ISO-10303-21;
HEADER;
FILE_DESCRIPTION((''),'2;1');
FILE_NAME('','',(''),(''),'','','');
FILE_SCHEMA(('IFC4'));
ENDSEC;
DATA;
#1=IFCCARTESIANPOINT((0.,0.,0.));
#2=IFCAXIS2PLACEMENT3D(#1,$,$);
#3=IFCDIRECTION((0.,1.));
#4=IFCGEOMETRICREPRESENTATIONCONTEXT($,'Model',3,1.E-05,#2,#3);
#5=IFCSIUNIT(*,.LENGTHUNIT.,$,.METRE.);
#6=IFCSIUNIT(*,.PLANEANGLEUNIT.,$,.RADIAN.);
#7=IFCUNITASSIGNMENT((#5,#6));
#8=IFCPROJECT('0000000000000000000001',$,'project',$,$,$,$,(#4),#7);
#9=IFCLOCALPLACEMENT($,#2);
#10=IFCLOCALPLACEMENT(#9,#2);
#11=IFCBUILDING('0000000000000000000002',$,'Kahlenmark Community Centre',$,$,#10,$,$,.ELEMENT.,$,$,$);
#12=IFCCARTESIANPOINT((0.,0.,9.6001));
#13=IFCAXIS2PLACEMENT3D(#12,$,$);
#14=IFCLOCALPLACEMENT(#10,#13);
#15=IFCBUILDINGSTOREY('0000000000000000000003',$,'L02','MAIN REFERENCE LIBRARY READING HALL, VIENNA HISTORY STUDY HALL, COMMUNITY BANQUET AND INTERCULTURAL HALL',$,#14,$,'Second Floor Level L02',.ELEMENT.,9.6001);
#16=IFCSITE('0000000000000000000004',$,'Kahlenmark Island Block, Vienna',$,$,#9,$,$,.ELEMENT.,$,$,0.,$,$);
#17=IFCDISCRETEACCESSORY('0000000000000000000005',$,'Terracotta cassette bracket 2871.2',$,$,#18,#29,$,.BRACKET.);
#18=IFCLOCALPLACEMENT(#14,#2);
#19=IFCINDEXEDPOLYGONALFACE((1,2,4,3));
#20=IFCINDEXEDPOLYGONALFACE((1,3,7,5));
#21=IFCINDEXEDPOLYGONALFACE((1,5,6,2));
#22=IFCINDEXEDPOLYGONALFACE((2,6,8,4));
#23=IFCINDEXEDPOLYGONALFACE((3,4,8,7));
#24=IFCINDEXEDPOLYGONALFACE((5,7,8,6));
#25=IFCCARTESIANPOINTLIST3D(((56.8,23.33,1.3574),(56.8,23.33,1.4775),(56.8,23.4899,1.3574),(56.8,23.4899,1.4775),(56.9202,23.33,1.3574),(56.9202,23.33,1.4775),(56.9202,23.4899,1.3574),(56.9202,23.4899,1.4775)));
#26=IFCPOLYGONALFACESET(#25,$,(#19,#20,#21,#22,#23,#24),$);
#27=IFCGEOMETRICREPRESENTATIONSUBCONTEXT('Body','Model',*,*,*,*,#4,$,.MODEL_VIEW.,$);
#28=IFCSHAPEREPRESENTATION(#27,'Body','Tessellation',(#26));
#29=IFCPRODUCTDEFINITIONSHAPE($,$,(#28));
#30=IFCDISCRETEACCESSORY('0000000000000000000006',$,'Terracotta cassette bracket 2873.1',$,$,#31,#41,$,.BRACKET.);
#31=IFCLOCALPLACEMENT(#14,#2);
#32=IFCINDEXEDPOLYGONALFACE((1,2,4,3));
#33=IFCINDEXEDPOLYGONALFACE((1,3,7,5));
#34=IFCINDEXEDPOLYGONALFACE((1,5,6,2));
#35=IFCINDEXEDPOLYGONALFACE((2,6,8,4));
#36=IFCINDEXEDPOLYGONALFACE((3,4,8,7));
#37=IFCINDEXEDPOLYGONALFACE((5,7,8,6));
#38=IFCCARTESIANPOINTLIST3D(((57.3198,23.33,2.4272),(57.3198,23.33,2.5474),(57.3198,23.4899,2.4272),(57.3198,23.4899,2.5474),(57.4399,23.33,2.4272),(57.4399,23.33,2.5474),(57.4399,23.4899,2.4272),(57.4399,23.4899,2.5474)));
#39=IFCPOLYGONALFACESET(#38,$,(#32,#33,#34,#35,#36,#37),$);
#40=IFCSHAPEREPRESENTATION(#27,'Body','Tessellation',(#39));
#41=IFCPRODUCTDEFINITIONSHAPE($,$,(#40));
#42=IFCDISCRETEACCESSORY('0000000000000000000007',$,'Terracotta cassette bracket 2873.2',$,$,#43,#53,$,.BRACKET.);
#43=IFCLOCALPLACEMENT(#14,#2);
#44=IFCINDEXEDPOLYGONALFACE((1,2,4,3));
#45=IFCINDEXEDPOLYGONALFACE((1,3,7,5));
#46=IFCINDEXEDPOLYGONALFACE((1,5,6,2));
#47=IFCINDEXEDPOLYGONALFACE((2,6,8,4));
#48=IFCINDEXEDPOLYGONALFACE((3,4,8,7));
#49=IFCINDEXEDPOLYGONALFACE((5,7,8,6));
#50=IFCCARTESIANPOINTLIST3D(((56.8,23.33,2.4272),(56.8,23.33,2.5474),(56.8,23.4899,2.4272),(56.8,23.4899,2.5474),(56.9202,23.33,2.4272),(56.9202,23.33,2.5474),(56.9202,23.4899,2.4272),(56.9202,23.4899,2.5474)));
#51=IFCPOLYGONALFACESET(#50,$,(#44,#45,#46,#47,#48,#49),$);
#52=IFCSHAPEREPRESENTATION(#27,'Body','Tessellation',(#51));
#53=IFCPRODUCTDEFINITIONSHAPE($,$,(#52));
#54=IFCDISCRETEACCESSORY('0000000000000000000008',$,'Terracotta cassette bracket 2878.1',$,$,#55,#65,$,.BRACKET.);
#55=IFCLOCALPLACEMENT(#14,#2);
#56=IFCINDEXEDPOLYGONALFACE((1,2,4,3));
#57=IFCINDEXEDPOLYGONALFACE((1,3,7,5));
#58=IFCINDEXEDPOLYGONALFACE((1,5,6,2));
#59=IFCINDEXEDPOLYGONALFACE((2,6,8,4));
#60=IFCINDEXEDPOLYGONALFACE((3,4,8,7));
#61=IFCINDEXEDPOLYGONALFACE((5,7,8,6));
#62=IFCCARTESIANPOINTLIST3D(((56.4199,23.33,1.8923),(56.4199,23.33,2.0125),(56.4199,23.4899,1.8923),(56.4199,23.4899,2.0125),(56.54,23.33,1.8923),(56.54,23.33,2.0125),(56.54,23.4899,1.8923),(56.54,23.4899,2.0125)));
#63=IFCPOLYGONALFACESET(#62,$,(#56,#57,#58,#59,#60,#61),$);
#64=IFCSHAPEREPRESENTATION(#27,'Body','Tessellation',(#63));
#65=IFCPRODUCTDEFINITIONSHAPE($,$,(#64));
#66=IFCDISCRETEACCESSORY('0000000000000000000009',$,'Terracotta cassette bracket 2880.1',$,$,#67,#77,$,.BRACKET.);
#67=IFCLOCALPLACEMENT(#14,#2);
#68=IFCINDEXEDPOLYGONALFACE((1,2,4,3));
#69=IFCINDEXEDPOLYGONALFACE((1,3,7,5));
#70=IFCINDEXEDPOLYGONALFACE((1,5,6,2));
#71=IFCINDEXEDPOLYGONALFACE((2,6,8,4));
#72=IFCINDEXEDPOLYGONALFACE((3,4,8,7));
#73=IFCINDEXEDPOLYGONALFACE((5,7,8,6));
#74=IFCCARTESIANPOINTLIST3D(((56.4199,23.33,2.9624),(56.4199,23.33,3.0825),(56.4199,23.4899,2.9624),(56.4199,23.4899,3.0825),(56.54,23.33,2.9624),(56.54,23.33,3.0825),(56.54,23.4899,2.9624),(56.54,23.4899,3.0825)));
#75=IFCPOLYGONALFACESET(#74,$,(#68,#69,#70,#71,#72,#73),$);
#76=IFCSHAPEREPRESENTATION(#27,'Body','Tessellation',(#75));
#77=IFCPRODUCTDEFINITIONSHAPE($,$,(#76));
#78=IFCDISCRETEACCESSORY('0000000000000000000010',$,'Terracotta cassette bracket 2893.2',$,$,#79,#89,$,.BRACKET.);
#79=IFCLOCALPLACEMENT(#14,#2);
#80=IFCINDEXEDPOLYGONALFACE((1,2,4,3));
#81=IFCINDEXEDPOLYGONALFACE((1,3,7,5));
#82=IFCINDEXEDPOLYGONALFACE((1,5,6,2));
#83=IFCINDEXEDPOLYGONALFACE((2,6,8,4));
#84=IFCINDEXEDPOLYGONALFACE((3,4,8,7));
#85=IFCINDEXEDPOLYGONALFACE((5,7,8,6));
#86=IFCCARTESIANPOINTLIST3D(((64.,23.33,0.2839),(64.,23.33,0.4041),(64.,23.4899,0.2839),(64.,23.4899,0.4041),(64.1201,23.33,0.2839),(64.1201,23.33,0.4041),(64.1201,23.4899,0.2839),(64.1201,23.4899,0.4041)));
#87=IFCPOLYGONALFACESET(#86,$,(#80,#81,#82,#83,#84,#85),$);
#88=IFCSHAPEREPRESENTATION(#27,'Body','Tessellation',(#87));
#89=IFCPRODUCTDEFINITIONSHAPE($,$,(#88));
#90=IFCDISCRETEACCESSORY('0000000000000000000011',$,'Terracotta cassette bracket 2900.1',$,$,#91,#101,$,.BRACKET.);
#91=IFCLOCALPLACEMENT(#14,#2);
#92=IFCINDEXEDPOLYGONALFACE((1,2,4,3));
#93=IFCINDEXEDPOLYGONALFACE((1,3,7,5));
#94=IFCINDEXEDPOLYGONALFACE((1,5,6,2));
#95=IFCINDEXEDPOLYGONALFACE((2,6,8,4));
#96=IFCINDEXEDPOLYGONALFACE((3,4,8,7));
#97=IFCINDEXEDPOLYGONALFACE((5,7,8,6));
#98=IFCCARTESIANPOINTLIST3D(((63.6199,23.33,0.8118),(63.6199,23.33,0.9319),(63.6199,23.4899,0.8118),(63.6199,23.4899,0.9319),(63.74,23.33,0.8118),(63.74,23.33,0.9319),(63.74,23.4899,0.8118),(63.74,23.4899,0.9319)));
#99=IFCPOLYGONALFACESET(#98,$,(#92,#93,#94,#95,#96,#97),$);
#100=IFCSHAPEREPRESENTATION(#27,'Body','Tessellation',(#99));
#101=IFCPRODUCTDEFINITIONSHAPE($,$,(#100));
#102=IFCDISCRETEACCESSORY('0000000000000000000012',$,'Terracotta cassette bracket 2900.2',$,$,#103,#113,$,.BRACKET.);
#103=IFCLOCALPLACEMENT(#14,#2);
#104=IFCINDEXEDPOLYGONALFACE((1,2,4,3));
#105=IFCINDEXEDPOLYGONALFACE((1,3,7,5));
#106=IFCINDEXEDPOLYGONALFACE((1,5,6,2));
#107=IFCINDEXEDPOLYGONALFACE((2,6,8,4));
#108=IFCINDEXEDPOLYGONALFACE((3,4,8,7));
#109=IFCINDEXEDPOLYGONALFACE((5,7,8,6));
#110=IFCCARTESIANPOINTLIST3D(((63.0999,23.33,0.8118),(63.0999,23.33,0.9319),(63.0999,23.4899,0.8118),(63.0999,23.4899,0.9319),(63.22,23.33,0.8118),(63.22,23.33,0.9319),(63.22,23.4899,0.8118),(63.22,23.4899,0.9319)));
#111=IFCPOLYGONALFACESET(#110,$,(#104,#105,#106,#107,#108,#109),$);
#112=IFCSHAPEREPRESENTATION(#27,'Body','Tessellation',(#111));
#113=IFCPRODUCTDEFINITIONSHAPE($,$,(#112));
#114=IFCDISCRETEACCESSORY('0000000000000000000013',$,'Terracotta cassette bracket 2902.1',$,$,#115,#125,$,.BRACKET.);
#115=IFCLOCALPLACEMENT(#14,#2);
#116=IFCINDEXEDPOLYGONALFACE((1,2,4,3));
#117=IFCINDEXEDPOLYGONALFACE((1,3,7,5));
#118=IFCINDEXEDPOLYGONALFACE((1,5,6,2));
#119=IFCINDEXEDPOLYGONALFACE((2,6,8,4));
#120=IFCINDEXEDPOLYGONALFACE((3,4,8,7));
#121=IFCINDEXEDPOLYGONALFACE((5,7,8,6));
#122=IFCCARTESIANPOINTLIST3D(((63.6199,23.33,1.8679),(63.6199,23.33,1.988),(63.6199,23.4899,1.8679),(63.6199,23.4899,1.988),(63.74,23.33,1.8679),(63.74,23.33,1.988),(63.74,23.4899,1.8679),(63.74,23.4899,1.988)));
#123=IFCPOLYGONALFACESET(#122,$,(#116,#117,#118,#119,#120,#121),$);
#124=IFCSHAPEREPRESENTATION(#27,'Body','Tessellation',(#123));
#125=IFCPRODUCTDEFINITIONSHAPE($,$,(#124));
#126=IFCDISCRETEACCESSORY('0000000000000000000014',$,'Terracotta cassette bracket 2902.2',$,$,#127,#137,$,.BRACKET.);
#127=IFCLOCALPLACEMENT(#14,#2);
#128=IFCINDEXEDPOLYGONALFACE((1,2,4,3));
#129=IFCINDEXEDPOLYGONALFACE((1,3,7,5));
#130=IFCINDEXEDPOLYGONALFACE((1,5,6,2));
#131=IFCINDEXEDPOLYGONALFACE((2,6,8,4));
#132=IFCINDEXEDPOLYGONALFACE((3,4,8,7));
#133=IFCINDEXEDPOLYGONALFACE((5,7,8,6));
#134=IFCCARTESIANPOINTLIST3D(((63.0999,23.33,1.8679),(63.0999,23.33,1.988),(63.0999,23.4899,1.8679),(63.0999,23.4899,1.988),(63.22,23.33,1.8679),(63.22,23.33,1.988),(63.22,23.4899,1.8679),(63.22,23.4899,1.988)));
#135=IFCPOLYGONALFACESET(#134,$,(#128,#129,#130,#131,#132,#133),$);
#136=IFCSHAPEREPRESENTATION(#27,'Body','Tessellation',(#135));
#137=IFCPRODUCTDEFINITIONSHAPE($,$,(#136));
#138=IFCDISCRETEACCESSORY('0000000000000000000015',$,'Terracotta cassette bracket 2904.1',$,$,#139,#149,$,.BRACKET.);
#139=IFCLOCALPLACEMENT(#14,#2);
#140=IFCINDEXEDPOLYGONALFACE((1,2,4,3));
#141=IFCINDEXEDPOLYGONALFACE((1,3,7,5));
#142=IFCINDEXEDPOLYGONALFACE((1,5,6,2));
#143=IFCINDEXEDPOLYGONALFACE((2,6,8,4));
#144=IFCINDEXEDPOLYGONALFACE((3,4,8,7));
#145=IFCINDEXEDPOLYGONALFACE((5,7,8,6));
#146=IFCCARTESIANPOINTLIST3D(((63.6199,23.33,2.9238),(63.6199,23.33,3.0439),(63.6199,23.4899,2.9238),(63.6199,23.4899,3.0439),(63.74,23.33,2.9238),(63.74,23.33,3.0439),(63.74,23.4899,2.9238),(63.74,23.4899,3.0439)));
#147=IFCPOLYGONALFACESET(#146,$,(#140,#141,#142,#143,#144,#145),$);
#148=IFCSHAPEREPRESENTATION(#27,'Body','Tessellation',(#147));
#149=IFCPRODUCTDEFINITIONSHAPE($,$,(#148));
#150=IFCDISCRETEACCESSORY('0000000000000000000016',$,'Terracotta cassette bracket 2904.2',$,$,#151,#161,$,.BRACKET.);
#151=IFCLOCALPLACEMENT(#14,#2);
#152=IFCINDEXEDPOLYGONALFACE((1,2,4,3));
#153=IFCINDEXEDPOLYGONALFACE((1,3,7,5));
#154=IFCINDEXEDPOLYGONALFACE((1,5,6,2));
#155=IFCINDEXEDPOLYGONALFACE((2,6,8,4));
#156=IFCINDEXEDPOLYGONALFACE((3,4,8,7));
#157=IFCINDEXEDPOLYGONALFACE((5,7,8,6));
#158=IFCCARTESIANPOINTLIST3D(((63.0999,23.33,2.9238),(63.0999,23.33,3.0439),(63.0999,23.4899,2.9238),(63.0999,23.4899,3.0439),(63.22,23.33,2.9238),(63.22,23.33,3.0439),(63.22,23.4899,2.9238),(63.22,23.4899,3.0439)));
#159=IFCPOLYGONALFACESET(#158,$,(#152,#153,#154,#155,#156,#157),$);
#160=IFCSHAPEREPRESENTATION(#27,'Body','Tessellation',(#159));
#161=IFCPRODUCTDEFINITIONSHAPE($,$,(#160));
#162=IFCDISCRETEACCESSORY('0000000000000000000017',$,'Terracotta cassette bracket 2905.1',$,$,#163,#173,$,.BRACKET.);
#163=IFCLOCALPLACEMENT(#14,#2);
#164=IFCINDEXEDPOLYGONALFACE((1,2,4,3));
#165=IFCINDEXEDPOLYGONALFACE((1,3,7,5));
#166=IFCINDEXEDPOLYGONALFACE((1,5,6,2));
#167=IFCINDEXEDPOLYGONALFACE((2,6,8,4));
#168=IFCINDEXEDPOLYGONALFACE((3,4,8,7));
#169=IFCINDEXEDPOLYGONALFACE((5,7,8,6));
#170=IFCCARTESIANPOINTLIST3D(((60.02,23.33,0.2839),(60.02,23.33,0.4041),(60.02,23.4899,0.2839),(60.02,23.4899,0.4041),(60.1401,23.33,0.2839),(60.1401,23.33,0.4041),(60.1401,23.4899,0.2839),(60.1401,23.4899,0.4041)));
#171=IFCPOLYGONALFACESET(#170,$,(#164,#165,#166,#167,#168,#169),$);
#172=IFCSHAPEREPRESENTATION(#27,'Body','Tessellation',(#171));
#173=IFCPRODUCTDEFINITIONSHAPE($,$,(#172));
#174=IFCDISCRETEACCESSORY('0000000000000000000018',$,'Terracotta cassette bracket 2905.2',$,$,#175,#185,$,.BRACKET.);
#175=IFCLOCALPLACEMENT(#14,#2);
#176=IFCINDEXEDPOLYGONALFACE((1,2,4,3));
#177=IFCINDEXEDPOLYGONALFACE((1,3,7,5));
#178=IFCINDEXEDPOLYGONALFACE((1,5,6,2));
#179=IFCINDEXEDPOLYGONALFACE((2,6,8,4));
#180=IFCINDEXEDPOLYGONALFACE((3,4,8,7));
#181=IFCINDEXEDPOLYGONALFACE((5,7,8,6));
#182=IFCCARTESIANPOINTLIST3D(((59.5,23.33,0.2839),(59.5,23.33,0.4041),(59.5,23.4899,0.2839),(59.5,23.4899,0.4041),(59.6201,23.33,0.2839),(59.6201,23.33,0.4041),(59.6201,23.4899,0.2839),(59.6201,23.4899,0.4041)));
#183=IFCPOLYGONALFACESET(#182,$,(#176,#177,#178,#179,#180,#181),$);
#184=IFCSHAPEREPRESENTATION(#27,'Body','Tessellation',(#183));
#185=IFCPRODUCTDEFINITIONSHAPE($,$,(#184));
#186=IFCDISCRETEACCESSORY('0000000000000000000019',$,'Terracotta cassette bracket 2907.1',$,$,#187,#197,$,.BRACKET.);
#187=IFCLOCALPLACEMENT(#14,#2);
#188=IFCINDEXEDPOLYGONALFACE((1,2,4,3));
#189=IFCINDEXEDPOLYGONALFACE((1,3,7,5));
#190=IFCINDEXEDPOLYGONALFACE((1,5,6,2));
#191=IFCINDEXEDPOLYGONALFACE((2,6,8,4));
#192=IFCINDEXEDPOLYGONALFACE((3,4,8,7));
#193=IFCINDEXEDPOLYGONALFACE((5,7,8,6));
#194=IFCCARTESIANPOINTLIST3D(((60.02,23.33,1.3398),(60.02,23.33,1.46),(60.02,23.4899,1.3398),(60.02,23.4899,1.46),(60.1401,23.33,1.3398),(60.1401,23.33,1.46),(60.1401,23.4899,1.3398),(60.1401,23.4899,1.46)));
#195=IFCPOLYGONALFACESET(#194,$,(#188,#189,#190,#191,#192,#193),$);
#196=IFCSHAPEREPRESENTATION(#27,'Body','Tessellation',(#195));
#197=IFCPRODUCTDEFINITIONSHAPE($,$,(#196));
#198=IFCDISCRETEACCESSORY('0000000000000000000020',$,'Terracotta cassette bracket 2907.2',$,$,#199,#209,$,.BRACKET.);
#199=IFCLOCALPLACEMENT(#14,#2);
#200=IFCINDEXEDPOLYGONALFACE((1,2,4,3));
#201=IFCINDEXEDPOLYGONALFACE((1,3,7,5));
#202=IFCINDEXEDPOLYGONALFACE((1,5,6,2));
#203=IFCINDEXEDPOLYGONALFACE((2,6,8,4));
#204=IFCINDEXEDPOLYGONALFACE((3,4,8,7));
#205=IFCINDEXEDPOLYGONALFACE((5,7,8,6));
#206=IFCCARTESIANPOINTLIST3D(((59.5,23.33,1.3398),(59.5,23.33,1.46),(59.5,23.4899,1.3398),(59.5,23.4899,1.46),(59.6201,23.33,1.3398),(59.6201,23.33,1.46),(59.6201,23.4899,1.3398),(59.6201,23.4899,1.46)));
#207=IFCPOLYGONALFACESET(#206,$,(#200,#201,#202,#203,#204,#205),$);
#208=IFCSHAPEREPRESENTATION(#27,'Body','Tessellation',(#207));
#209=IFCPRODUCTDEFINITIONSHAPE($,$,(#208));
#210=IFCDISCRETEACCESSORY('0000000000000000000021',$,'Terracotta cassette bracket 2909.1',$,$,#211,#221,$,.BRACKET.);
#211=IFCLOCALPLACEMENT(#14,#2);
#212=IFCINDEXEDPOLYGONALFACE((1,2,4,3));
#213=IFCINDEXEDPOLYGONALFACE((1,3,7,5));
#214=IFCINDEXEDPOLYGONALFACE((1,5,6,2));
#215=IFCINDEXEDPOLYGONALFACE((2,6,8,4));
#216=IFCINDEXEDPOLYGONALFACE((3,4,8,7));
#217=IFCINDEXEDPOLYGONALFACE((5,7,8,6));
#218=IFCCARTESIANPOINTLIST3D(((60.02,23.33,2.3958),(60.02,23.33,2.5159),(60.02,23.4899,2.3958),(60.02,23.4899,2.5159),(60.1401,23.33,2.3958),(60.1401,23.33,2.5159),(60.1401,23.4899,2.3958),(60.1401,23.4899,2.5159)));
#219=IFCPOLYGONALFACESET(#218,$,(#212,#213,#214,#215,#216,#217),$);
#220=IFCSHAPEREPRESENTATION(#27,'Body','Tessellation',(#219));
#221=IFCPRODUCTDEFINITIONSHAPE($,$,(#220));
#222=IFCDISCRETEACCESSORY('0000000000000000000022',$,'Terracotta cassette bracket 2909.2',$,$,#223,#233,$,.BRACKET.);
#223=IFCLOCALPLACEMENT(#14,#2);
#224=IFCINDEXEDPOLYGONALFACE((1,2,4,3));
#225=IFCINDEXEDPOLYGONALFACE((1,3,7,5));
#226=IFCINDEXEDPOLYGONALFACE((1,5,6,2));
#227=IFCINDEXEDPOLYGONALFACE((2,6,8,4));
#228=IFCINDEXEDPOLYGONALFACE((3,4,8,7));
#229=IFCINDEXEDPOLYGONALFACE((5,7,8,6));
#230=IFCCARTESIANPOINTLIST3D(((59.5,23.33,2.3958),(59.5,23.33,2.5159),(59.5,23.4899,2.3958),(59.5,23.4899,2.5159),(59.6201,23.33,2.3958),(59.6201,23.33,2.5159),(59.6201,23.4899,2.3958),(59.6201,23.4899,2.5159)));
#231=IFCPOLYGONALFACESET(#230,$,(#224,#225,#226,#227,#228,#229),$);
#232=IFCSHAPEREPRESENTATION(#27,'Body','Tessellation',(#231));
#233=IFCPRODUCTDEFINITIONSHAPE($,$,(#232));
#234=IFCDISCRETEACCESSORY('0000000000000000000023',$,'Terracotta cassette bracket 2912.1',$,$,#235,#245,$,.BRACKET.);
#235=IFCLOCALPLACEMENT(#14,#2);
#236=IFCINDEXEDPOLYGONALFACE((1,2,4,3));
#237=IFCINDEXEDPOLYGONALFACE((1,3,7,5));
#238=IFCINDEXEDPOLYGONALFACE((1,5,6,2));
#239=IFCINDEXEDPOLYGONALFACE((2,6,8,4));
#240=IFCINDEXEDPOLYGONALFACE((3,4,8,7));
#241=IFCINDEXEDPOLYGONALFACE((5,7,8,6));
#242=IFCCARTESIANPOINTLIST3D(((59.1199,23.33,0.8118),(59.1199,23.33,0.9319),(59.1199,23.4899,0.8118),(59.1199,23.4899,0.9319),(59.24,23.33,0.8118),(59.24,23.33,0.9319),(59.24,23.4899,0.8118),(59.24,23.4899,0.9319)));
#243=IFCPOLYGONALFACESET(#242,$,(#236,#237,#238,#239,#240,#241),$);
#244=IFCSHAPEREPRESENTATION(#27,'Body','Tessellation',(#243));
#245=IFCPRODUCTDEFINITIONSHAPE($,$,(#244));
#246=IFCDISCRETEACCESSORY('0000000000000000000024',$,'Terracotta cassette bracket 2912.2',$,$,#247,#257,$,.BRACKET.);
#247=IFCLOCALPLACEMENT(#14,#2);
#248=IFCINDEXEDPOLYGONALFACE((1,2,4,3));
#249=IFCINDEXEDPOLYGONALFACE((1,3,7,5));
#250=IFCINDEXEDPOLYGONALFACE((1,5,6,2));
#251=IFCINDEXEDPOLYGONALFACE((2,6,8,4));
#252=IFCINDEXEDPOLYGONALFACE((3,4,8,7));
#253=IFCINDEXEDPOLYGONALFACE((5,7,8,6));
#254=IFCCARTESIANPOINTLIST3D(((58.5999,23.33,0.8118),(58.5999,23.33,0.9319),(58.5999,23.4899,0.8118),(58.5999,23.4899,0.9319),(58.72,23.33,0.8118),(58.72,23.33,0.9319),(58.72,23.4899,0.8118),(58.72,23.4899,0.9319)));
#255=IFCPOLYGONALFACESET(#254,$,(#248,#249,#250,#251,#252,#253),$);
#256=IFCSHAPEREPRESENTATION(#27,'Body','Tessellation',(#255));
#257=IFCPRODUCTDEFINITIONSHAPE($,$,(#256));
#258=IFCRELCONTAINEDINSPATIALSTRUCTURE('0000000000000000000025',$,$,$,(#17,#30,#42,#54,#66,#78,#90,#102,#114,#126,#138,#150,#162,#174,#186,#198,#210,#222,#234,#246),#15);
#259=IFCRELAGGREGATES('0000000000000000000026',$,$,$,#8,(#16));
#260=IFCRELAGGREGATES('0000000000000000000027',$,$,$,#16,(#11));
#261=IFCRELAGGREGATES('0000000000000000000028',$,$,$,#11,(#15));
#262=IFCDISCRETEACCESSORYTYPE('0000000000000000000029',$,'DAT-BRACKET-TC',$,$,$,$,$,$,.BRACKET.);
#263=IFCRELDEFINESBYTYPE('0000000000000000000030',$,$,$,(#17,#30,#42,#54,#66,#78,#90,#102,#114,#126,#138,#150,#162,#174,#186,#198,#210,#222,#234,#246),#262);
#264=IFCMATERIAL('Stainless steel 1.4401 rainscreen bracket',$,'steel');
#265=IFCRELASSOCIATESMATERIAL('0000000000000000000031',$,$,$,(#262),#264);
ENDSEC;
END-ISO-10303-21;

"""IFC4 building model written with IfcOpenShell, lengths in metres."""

from ifc_helpers import new_model, si_unit, direction, frame, origin, origin_2d, place, context, subcontext, project, spatial, rectangle, extrude, material, type_object, element, save


model = new_model("IFC4")

# Units and contexts
model_context = context("Model", 3, precision=1e-05, world=origin(), true_north=direction((0.0, 1.0)))
body_context = subcontext(model_context, "Body", "Model", "MODEL_VIEW")
ifc_project = project(units=[si_unit("LENGTHUNIT", "METRE"), si_unit("PLANEANGLEUNIT", "RADIAN")], contexts=[model_context])

# Site, building, storey
site_placement = place(None, origin())
site = spatial("IfcSite", under=ifc_project, at=site_placement, Name="Kahlenmark Island Block, Vienna", CompositionType="ELEMENT", RefElevation=0.0)
building_placement = place(site_placement, origin())
building = spatial("IfcBuilding", under=site, at=building_placement, Name="Kahlenmark Community Centre", CompositionType="ELEMENT")
storey_placement = place(building_placement, frame((0.0, 0.0, 9.6001)))
storey = spatial("IfcBuildingStorey", under=building, at=storey_placement, Name="L02", Description="MAIN REFERENCE LIBRARY READING HALL, VIENNA HISTORY STUDY HALL, COMMUNITY BANQUET AND INTERCULTURAL HALL", LongName="Second Floor Level L02", CompositionType="ELEMENT", Elevation=9.6001)

# Discrete accessories
ifc_material_1 = material(Name="Stainless steel 1.4401 rainscreen bracket", Category="steel")
discrete_accessory_type = type_object("IfcDiscreteAccessoryType", Name="DAT-BRACKET-TC", PredefinedType="BRACKET", material=ifc_material_1)
for number, where, z_axis, x_axis, name in (
    (1, (56.8601, 23.4099, 1.3574), (0.0, 0.0, 1.0), (-1.0, 0.0, 0.0), "Terracotta cassette bracket 2871.2"),
    (2, (57.3799, 23.4099, 2.4272), (0.0, 0.0, 1.0), (-1.0, 0.0, 0.0), "Terracotta cassette bracket 2873.1"),
    (3, (56.8601, 23.4099, 2.4272), (0.0, 0.0, 1.0), (-1.0, 0.0, 0.0), "Terracotta cassette bracket 2873.2"),
    (4, (56.48, 23.4099, 1.8923), (0.0, 0.0, 1.0), (-1.0, 0.0, 0.0), "Terracotta cassette bracket 2878.1"),
    (5, (56.48, 23.4099, 2.9624), (0.0, 0.0, 1.0), (-1.0, 0.0, 0.0), "Terracotta cassette bracket 2880.1"),
    (6, (64.0601, 23.4099, 0.2839), (0.0, 0.0, 1.0), (-1.0, 0.0, 0.0), "Terracotta cassette bracket 2893.2"),
    (7, (63.6799, 23.4099, 0.8118), (0.0, 0.0, 1.0), (-1.0, 0.0, 0.0), "Terracotta cassette bracket 2900.1"),
    (8, (63.1599, 23.4099, 0.8118), (0.0, 0.0, 1.0), (-1.0, 0.0, 0.0), "Terracotta cassette bracket 2900.2"),
    (9, (63.6799, 23.4099, 1.8679), (0.0, 0.0, 1.0), (-1.0, 0.0, 0.0), "Terracotta cassette bracket 2902.1"),
    (10, (63.1599, 23.4099, 1.8679), (0.0, 0.0, 1.0), (-1.0, 0.0, 0.0), "Terracotta cassette bracket 2902.2"),
    (11, (63.6799, 23.4099, 2.9238), (0.0, 0.0, 1.0), (-1.0, 0.0, 0.0), "Terracotta cassette bracket 2904.1"),
    (12, (63.1599, 23.4099, 2.9238), (0.0, 0.0, 1.0), (-1.0, 0.0, 0.0), "Terracotta cassette bracket 2904.2"),
    (13, (60.0801, 23.4099, 0.2839), (0.0, 0.0, 1.0), (-1.0, 0.0, 0.0), "Terracotta cassette bracket 2905.1"),
    (14, (59.5601, 23.4099, 0.2839), (0.0, 0.0, 1.0), (-1.0, 0.0, 0.0), "Terracotta cassette bracket 2905.2"),
    (15, (60.0801, 23.4099, 1.3398), (0.0, 0.0, 1.0), (-1.0, 0.0, 0.0), "Terracotta cassette bracket 2907.1"),
    (16, (59.5601, 23.4099, 1.3398), (0.0, 0.0, 1.0), (-1.0, 0.0, 0.0), "Terracotta cassette bracket 2907.2"),
    (17, (60.0801, 23.4099, 2.3958), (0.0, 0.0, 1.0), (-1.0, 0.0, 0.0), "Terracotta cassette bracket 2909.1"),
    (18, (59.5601, 23.4099, 2.3958), (0.0, 0.0, 1.0), (-1.0, 0.0, 0.0), "Terracotta cassette bracket 2909.2"),
    (19, (59.1799, 23.4099, 0.8118), (0.0, 0.0, 1.0), (-1.0, 0.0, 0.0), "Terracotta cassette bracket 2912.1"),
    (20, (58.6599, 23.4099, 0.8118), (0.0, 0.0, 1.0), (-1.0, 0.0, 0.0), "Terracotta cassette bracket 2912.2"),
):
    element("IfcDiscreteAccessory", number, at=place(storey_placement, frame(where, z_axis=z_axis, x_axis=x_axis)), inside=storey, type_object=discrete_accessory_type, Name=name, PredefinedType="BRACKET", context=body_context, shape_type="SweptSolid", body=[
        extrude(rectangle(XDim=0.1201, YDim=0.1599, at=origin_2d()), origin(), (0.0, 0.0, 1.0), 0.1201),
    ])

save(model, "model.ifc")
